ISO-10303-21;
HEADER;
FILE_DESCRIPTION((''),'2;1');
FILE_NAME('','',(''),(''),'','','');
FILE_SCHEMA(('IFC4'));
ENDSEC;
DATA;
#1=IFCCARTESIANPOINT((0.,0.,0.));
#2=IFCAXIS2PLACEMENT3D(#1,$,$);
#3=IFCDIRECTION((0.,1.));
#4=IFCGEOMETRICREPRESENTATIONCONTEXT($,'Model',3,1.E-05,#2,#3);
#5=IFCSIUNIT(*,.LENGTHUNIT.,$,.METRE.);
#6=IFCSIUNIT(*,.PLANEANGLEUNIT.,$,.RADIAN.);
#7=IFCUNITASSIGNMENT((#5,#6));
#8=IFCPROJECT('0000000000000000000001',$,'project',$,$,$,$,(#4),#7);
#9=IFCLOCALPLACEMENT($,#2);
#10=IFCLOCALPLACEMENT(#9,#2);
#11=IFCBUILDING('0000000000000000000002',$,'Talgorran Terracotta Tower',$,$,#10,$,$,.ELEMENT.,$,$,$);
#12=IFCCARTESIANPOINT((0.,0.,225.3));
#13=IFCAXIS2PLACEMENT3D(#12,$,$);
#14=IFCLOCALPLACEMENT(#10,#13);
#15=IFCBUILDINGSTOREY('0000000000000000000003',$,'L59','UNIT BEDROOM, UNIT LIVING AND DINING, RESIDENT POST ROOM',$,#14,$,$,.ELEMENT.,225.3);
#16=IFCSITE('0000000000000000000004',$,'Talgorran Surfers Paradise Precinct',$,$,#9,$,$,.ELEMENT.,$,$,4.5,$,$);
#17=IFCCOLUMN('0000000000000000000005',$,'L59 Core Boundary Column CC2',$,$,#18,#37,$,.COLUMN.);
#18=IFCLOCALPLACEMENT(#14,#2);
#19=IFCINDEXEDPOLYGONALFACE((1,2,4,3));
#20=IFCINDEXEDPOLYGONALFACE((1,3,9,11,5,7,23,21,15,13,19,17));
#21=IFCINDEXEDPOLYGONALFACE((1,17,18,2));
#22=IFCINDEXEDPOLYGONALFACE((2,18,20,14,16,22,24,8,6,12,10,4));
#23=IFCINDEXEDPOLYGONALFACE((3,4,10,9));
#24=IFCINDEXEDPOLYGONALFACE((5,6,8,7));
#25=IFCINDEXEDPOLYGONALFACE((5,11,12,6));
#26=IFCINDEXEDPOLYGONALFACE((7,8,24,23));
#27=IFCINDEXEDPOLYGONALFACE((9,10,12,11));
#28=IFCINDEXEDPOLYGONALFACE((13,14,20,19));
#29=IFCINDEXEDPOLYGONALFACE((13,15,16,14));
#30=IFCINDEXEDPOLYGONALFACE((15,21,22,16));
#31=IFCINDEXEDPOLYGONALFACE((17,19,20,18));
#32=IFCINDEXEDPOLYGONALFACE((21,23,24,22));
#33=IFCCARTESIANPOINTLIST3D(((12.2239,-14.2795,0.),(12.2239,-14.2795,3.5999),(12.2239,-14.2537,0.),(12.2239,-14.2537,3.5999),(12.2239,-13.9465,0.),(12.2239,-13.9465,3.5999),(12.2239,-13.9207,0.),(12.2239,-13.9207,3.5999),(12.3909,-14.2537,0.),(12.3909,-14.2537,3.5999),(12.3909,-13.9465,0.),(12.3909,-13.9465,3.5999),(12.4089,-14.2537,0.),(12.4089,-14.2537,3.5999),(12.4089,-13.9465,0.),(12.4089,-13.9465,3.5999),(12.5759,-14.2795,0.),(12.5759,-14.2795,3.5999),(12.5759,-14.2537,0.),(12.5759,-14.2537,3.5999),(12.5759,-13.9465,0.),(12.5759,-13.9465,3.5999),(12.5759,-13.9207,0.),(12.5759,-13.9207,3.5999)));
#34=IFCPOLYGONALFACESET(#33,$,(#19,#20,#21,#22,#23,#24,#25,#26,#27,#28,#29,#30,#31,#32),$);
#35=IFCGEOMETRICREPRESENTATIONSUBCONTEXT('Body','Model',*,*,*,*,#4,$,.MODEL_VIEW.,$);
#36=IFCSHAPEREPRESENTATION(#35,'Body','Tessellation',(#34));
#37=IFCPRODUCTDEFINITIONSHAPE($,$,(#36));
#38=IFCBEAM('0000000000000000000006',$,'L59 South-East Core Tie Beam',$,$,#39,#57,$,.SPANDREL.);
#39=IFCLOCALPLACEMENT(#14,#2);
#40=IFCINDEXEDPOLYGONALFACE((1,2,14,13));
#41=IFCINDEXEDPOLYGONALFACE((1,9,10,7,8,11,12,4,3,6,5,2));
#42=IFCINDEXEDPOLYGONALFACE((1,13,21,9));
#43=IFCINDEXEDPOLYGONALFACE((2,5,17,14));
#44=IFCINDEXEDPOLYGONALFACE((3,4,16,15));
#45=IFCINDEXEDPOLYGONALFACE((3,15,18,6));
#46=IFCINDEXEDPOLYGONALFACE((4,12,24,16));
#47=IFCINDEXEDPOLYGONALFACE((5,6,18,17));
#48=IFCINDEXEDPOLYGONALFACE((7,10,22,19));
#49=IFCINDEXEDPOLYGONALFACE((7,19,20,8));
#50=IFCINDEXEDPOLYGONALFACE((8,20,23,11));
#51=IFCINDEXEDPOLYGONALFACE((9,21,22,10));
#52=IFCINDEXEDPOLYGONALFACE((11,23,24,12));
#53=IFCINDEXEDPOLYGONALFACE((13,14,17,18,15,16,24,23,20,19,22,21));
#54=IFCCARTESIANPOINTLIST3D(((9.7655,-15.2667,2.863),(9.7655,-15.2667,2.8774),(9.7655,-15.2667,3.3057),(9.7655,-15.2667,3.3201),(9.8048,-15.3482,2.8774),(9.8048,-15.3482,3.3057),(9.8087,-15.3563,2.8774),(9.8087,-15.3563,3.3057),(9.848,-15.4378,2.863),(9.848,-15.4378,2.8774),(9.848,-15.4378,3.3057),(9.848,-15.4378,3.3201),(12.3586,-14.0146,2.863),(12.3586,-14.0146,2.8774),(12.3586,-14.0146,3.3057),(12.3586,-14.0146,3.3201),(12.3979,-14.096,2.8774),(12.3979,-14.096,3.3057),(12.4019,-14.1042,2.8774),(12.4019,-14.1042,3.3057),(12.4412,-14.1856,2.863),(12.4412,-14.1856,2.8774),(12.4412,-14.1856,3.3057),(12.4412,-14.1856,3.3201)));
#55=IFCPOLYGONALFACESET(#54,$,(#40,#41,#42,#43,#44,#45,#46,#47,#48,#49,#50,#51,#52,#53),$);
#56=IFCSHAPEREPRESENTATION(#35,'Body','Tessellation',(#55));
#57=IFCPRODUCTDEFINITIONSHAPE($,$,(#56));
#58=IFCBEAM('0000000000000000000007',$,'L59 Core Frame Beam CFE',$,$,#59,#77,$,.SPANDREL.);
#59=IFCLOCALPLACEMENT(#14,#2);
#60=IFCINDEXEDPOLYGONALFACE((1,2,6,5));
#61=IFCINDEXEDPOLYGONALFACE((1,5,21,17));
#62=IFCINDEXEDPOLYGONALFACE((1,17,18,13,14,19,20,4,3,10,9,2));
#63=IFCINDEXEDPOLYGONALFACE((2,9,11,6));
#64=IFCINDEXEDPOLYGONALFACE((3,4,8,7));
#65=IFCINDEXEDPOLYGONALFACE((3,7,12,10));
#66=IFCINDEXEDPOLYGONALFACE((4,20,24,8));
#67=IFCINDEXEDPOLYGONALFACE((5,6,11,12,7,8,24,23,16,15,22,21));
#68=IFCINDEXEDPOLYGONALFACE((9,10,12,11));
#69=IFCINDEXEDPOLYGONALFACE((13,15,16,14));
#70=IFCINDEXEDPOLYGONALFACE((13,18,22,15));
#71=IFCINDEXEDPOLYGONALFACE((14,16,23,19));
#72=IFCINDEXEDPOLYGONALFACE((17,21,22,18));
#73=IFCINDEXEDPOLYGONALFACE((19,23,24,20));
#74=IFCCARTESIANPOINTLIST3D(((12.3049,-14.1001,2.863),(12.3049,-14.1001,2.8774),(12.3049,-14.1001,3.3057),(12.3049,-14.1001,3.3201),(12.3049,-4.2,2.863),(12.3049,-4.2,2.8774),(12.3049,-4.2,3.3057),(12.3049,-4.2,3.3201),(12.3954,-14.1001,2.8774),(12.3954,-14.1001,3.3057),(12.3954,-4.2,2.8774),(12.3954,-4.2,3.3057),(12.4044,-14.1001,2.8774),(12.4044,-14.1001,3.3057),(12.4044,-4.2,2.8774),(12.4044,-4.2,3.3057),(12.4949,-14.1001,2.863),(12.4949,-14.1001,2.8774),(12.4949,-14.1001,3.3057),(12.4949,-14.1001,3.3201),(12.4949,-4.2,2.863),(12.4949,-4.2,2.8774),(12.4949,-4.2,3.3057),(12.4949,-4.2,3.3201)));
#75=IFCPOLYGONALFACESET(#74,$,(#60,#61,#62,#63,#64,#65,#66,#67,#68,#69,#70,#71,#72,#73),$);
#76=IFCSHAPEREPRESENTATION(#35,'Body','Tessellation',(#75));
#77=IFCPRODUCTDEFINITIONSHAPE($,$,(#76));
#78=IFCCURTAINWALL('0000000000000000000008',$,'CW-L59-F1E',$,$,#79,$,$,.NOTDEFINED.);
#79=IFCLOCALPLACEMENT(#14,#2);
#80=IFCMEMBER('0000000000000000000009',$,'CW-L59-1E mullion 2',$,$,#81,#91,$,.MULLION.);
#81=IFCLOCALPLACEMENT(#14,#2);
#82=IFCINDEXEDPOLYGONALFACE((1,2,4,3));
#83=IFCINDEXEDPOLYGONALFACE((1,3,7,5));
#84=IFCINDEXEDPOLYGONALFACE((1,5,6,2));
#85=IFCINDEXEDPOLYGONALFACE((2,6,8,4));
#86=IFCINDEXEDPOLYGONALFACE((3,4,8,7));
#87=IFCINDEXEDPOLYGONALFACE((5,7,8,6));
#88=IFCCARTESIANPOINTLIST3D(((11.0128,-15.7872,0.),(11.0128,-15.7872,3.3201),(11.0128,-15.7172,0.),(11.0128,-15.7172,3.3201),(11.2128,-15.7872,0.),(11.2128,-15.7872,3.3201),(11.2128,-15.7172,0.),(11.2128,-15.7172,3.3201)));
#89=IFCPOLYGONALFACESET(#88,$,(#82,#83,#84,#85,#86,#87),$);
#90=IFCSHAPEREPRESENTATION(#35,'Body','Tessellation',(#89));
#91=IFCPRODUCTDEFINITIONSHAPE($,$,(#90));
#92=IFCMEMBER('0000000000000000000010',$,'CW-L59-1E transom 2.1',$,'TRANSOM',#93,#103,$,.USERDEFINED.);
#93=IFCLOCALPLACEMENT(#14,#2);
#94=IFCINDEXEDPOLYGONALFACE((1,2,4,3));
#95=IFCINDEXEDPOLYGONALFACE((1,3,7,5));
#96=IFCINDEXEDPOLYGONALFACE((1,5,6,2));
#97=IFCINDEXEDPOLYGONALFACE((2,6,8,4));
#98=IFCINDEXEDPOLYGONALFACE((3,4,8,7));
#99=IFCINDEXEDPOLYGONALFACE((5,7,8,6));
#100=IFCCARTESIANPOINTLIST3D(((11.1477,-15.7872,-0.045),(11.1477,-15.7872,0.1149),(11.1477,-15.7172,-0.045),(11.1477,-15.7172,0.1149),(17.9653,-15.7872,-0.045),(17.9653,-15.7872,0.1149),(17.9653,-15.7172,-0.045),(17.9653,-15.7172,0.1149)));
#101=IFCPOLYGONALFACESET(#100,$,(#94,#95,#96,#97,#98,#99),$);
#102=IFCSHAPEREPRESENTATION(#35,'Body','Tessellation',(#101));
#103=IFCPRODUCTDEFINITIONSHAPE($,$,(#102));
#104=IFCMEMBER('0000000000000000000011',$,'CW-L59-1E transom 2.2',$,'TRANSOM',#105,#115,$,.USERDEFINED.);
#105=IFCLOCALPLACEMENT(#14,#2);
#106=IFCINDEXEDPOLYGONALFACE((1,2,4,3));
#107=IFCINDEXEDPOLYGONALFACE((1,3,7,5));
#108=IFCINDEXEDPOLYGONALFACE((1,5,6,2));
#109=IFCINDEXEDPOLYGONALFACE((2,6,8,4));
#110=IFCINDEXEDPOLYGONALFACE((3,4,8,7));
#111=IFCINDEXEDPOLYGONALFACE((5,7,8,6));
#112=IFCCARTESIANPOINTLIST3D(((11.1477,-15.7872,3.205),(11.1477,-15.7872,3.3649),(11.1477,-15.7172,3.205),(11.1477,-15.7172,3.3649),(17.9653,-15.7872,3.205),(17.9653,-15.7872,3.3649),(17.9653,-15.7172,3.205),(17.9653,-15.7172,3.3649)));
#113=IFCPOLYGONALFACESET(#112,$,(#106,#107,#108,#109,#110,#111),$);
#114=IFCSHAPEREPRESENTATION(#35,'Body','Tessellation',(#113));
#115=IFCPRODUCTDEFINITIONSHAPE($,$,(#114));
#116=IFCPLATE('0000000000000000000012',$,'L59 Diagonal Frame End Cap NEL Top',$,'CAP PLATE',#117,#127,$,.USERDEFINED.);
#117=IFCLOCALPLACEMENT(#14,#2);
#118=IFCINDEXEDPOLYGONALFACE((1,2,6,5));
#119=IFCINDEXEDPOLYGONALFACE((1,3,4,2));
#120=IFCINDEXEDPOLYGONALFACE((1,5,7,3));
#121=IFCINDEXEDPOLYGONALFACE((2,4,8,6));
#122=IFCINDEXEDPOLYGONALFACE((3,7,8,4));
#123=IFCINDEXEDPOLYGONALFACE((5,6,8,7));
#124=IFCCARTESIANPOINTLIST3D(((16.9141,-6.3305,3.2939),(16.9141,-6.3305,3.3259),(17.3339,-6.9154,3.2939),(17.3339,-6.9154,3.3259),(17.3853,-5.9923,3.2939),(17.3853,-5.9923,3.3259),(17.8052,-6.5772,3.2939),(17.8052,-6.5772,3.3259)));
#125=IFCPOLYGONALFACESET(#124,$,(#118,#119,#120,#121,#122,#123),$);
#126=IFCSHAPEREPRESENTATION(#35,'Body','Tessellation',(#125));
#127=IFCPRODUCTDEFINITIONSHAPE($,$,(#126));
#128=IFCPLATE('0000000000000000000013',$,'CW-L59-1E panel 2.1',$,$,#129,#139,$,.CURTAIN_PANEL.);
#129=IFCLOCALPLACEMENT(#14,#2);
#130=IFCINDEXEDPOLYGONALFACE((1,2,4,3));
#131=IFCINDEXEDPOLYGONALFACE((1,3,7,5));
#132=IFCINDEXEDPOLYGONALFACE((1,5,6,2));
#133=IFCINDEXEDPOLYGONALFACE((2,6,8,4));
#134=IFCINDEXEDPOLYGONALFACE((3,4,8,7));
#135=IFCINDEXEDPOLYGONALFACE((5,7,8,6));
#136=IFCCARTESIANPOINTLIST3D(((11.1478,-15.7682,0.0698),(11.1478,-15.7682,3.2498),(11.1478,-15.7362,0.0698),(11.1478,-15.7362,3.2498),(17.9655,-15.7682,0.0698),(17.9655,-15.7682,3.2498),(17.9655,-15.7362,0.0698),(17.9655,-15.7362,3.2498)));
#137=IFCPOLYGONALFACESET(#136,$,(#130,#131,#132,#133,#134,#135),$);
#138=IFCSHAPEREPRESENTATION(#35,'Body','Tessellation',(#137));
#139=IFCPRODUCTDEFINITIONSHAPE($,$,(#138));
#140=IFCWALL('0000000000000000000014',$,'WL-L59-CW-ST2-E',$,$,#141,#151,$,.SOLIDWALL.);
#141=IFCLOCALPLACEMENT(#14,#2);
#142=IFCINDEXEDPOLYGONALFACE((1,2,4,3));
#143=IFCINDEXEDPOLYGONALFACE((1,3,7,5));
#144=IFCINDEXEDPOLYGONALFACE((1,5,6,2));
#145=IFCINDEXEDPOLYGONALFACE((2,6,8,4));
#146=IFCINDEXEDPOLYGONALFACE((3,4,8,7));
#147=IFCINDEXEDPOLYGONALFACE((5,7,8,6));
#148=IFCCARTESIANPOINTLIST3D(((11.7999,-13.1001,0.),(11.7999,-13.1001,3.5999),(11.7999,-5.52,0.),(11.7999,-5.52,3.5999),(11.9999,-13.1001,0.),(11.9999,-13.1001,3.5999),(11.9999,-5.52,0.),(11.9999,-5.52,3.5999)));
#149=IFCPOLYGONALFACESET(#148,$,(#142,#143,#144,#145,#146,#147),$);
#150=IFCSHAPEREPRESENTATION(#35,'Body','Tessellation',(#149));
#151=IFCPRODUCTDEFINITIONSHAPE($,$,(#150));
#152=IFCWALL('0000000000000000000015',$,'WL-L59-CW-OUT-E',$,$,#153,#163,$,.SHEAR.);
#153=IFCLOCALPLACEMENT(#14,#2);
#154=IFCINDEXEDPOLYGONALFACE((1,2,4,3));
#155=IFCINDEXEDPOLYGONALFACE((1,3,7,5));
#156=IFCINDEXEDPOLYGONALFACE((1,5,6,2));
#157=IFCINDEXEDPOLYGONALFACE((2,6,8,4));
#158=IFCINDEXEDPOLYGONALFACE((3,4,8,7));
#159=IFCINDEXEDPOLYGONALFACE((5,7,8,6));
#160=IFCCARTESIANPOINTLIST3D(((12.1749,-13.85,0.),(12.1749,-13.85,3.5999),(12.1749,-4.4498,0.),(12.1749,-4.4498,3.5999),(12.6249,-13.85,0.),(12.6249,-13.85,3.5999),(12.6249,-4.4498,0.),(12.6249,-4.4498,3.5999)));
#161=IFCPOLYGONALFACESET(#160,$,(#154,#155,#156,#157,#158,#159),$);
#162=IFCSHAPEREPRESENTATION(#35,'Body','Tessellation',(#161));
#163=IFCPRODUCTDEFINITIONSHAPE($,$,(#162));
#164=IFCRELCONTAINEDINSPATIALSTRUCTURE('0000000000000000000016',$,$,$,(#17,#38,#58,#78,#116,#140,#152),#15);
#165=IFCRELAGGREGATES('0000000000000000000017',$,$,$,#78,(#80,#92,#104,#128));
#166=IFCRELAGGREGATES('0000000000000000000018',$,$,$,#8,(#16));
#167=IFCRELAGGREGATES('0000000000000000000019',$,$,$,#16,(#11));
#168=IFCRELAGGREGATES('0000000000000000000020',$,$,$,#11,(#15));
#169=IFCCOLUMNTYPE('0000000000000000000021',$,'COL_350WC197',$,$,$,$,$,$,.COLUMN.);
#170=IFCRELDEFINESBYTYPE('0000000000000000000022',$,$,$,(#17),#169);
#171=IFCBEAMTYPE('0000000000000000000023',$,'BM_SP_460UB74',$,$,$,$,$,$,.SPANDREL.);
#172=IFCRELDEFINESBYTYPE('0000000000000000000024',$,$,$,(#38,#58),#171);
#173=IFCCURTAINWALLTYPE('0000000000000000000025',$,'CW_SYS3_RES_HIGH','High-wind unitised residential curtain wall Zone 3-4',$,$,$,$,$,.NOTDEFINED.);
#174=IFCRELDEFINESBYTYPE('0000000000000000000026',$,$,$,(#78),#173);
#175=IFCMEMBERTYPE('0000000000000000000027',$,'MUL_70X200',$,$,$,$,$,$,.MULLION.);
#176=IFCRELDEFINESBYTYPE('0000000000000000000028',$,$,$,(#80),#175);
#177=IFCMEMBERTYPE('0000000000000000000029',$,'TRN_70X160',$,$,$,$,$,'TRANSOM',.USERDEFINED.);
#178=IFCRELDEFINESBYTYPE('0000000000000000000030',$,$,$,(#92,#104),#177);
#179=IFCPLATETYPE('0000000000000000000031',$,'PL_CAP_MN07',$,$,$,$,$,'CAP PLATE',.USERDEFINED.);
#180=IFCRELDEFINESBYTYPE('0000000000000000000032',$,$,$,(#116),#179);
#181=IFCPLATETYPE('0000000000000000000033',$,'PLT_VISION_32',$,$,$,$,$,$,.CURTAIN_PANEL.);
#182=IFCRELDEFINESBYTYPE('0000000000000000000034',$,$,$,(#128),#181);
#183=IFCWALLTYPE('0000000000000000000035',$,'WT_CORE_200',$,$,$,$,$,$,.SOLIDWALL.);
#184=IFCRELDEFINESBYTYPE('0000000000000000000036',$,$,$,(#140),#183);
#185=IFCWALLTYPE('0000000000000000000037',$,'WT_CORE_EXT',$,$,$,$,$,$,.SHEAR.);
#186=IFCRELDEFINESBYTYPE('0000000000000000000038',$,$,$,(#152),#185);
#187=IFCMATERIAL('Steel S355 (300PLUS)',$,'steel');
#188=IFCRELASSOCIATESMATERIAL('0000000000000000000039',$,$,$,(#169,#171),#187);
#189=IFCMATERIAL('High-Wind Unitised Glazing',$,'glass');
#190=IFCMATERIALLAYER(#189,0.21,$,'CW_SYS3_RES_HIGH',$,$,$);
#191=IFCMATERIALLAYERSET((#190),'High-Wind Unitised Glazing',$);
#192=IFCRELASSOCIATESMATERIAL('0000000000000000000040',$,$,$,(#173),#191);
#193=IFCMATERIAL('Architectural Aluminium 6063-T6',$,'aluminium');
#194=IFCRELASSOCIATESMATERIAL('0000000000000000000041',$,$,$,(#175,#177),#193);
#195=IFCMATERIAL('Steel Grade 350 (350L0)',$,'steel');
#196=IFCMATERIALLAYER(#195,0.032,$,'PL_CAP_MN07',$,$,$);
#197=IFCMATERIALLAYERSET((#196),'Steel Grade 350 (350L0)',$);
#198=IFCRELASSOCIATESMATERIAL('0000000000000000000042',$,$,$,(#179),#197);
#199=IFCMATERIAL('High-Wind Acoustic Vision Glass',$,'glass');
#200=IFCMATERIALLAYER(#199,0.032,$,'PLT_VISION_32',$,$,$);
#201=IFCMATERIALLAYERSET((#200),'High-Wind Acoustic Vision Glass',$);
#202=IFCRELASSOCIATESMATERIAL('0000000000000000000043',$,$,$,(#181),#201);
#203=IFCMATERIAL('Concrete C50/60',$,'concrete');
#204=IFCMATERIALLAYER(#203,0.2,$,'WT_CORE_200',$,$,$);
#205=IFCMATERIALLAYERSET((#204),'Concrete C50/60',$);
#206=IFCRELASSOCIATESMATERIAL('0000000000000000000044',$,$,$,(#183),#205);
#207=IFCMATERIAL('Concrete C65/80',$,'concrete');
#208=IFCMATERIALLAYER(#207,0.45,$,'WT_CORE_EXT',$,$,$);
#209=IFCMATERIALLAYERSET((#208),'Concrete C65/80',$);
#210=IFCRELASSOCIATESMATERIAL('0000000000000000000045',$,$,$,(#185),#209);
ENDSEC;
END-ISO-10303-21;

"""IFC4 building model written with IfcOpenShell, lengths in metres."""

from ifc_helpers import new_model, si_unit, direction, frame, frame_2d, origin, origin_2d, place, context, subcontext, project, spatial, rectangle, i_section, extrude, source, transform, mapped, material, layer, layer_set, material_profile, profile_set, type_object, type_shapes, element, aggregate, save


model = new_model("IFC4")

# Units and contexts
model_context = context("Model", 3, precision=1e-05, world=origin(), true_north=direction((0.0, 1.0)))
body_context = subcontext(model_context, "Body", "Model", "MODEL_VIEW")
ifc_project = project(units=[si_unit("LENGTHUNIT", "METRE"), si_unit("PLANEANGLEUNIT", "RADIAN")], contexts=[model_context])

# Site, building, storey
site_placement = place(None, origin())
site = spatial("IfcSite", under=ifc_project, at=site_placement, Name="Talgorran Surfers Paradise Precinct", CompositionType="ELEMENT", RefElevation=4.5)
building_placement = place(site_placement, origin())
building = spatial("IfcBuilding", under=site, at=building_placement, Name="Talgorran Terracotta Tower", CompositionType="ELEMENT")
storey_placement = place(building_placement, frame((0.0, 0.0, 225.3)))
storey = spatial("IfcBuildingStorey", under=building, at=storey_placement, Name="L59", Description="UNIT BEDROOM, UNIT LIVING AND DINING, RESIDENT POST ROOM", CompositionType="ELEMENT", Elevation=225.3)

# Column
ifc_material_1 = material(Name="Steel S355 (300PLUS)", Category="steel")
ifc_material_profile_1 = material_profile(ifc_material_1, i_section(OverallWidth=0.3521, OverallDepth=0.3589, WebThickness=0.0181, FlangeThickness=0.0259, at=origin_2d()), Name="350WC197")
ifc_profile_set_1 = profile_set([ifc_material_profile_1], Name="Steel S355 (300PLUS)")
column_type = type_object("IfcColumnType", Name="COL_350WC197", PredefinedType="COLUMN", material=ifc_profile_set_1)
column_placement = place(storey_placement, frame((12.3999, -14.1001, 0.0), z_axis=(0.0, 0.0, 1.0), x_axis=(1.0, 0.0, 0.0)))
element("IfcColumn", 1, at=column_placement, inside=storey, type_object=column_type, Name="L59 Core Boundary Column CC2", PredefinedType="COLUMN", context=body_context, shape_type="SweptSolid", body=[
    extrude(i_section(OverallWidth=0.3521, OverallDepth=0.3589, WebThickness=0.0181, FlangeThickness=0.0259, at=origin_2d()), origin(), (0.0, 0.0, 1.0), 3.5999),
])

# Beams
ifc_material_profile_2 = material_profile(ifc_material_1, i_section(OverallWidth=0.1899, OverallDepth=0.457, WebThickness=0.009, FlangeThickness=0.0144, at=origin_2d()), Name="460UB74.6")
ifc_profile_set_2 = profile_set([ifc_material_profile_2], Name="Steel S355 (300PLUS)")
beam_type = type_object("IfcBeamType", Name="BM_SP_460UB74", PredefinedType="SPANDREL", material=ifc_profile_set_2)
beam_1_placement = place(storey_placement, frame((12.3999, -14.1001, 3.0916), z_axis=(-0.900514, -0.434827, 0.0), x_axis=(0.434827, -0.900514, 0.0)))
element("IfcBeam", 2, at=beam_1_placement, inside=storey, type_object=beam_type, Name="L59 South-East Core Tie Beam", PredefinedType="SPANDREL", context=body_context, shape_type="SweptSolid", body=[
    extrude(i_section(OverallWidth=0.1899, OverallDepth=0.457, WebThickness=0.009, FlangeThickness=0.0144, at=origin_2d()), origin(), (0.0, 0.0, 1.0), 2.8796),
])
beam_2_placement = place(storey_placement, frame((12.3999, -14.1001, 3.0916), z_axis=(0.0, 1.0, 0.0), x_axis=(-1.0, 0.0, 0.0)))
element("IfcBeam", 3, at=beam_2_placement, inside=storey, type_object=beam_type, Name="L59 Core Frame Beam CFE", PredefinedType="SPANDREL", context=body_context, shape_type="SweptSolid", body=[
    extrude(i_section(OverallWidth=0.1899, OverallDepth=0.457, WebThickness=0.009, FlangeThickness=0.0144, at=origin_2d()), origin(), (0.0, 0.0, 1.0), 9.9001),
])

# Curtain wall, members
ifc_material_2 = material(Name="High-Wind Unitised Glazing", Category="glass")
ifc_layer_1 = layer(ifc_material_2, 0.21, Name="CW_SYS3_RES_HIGH")
ifc_layer_set_1 = layer_set([ifc_layer_1], Name="High-Wind Unitised Glazing")
curtain_wall_type = type_object("IfcCurtainWallType", Name="CW_SYS3_RES_HIGH", Description="High-wind unitised residential curtain wall Zone 3-4", PredefinedType="NOTDEFINED", material=ifc_layer_set_1)
curtain_wall_placement = place(storey_placement, origin())
curtain_wall = element("IfcCurtainWall", 4, at=curtain_wall_placement, inside=storey, type_object=curtain_wall_type, Name="CW-L59-F1E", PredefinedType="NOTDEFINED")
ifc_material_3 = material(Name="Architectural Aluminium 6063-T6", Category="aluminium")
ifc_material_profile_3 = material_profile(ifc_material_3, rectangle(XDim=0.0701, YDim=0.2, at=origin_2d()), Name="CWM70X200")
ifc_profile_set_3 = profile_set([ifc_material_profile_3], Name="Architectural Aluminium 6063-T6")
member_type_1 = type_object("IfcMemberType", Name="MUL_70X200", PredefinedType="MULLION", material=ifc_profile_set_3)
member_1_placement = place(storey_placement, frame((11.1128, -15.7522, 0.0), z_axis=(0.0, 0.0, 1.0), x_axis=(0.0, 1.0, 0.0)))
member_1 = element("IfcMember", 5, at=member_1_placement, type_object=member_type_1, Name="CW-L59-1E mullion 2", PredefinedType="MULLION", context=body_context, shape_type="SweptSolid", body=[
    extrude(rectangle(XDim=0.0701, YDim=0.2, at=origin_2d()), origin(), (0.0, 0.0, 1.0), 3.3201),
])
ifc_material_profile_4 = material_profile(ifc_material_3, rectangle(XDim=0.0701, YDim=0.1599, at=origin_2d()), Name="CWT70X160")
ifc_profile_set_4 = profile_set([ifc_material_profile_4], Name="Architectural Aluminium 6063-T6")
member_type_2 = type_object("IfcMemberType", Name="TRN_70X160", ElementType="TRANSOM", PredefinedType="USERDEFINED", material=ifc_profile_set_4)
member_2_placement = place(storey_placement, frame((11.1477, -15.7522, 0.0349), z_axis=(1.0, 0.0, 0.0), x_axis=(0.0, 1.0, 0.0)))
member_2 = element("IfcMember", 6, at=member_2_placement, type_object=member_type_2, Name="CW-L59-1E transom 2.1", ObjectType="TRANSOM", PredefinedType="USERDEFINED", context=body_context, shape_type="SweptSolid", body=[
    extrude(rectangle(XDim=0.0701, YDim=0.1599, at=origin_2d()), origin(), (0.0, 0.0, 1.0), 6.8176),
])
member_3_placement = place(storey_placement, frame((11.1477, -15.7522, 3.2849), z_axis=(1.0, 0.0, 0.0), x_axis=(0.0, 1.0, 0.0)))
member_3 = element("IfcMember", 7, at=member_3_placement, type_object=member_type_2, Name="CW-L59-1E transom 2.2", ObjectType="TRANSOM", PredefinedType="USERDEFINED", context=body_context, shape_type="SweptSolid", body=[
    extrude(rectangle(XDim=0.0701, YDim=0.1599, at=origin_2d()), origin(), (0.0, 0.0, 1.0), 6.8176),
])

# Plates
ifc_material_4 = material(Name="Steel Grade 350 (350L0)", Category="steel")
ifc_layer_2 = layer(ifc_material_4, 0.032, Name="PL_CAP_MN07")
ifc_layer_set_2 = layer_set([ifc_layer_2], Name="Steel Grade 350 (350L0)")
plate_type_1 = type_object("IfcPlateType", Name="PL_CAP_MN07", ElementType="CAP PLATE", PredefinedType="USERDEFINED", material=ifc_layer_set_2)
plate_1_placement = place(storey_placement, frame((17.3596, -6.4539, 3.2939), z_axis=(0.0, 0.0, 1.0), x_axis=(0.583116, -0.812389, 0.0)))
element("IfcPlate", 8, at=plate_1_placement, inside=storey, type_object=plate_type_1, Name="L59 Diagonal Frame End Cap NEL Top", ObjectType="CAP PLATE", PredefinedType="USERDEFINED", context=body_context, shape_type="SweptSolid", body=[
    extrude(rectangle(XDim=0.72, YDim=0.5801, at=origin_2d()), origin(), (0.0, 0.0, 1.0), 0.032),
])
ifc_material_5 = material(Name="High-Wind Acoustic Vision Glass", Category="glass")
ifc_layer_3 = layer(ifc_material_5, 0.032, Name="PLT_VISION_32")
ifc_layer_set_3 = layer_set([ifc_layer_3], Name="High-Wind Acoustic Vision Glass")
plate_type_2 = type_object("IfcPlateType", Name="PLT_VISION_32", PredefinedType="CURTAIN_PANEL", material=ifc_layer_set_3)
shared_shape = source(origin(), body_context, "Body", "SweptSolid", [
    extrude(rectangle(XDim=6.8176, YDim=0.032, at=origin_2d()), origin(), (0.0, 0.0, 1.0), 3.1799),
])
type_shapes(plate_type_2, [shared_shape])
plate_2_placement = place(storey_placement, frame((14.5566, -15.7522, 0.0698), z_axis=(0.0, 0.0, 1.0), x_axis=(1.0, 0.0, 0.0)))
plate_2 = element("IfcPlate", 9, at=plate_2_placement, type_object=plate_type_2, Name="CW-L59-1E panel 2.1", PredefinedType="CURTAIN_PANEL", context=body_context, shape_type="MappedRepresentation", body=[
    mapped(shared_shape, transform((0.0, 0.0, 0.0), scale=1.0)),
])
aggregate(curtain_wall, [member_1, member_2, member_3, plate_2])

# Walls
ifc_material_6 = material(Name="Concrete C50/60", Category="concrete")
ifc_layer_4 = layer(ifc_material_6, 0.2, Name="WT_CORE_200")
ifc_layer_set_4 = layer_set([ifc_layer_4], Name="Concrete C50/60")
wall_type_1 = type_object("IfcWallType", Name="WT_CORE_200", PredefinedType="SOLIDWALL", material=ifc_layer_set_4)
wall_1_placement = place(storey_placement, frame((11.8999, -13.1001, 0.0), z_axis=(0.0, 0.0, 1.0), x_axis=(0.0, 1.0, 0.0)))
element("IfcWall", 10, at=wall_1_placement, inside=storey, type_object=wall_type_1, Name="WL-L59-CW-ST2-E", PredefinedType="SOLIDWALL", context=body_context, shape_type="SweptSolid", body=[
    extrude(rectangle(XDim=7.5801, YDim=0.2, at=frame_2d((3.79, 0.0))), origin(), (0.0, 0.0, 1.0), 3.5999),
])
ifc_material_7 = material(Name="Concrete C65/80", Category="concrete")
ifc_layer_5 = layer(ifc_material_7, 0.45, Name="WT_CORE_EXT")
ifc_layer_set_5 = layer_set([ifc_layer_5], Name="Concrete C65/80")
wall_type_2 = type_object("IfcWallType", Name="WT_CORE_EXT", PredefinedType="SHEAR", material=ifc_layer_set_5)
wall_2_placement = place(storey_placement, frame((12.3999, -13.8501, 0.0), z_axis=(0.0, 0.0, 1.0), x_axis=(0.0, 1.0, 0.0)))
element("IfcWall", 11, at=wall_2_placement, inside=storey, type_object=wall_type_2, Name="WL-L59-CW-OUT-E", PredefinedType="SHEAR", context=body_context, shape_type="SweptSolid", body=[
    extrude(rectangle(XDim=9.4001, YDim=0.45, at=frame_2d((4.7002, 0.0))), origin(), (0.0, 0.0, 1.0), 3.5999),
])

save(model, "model.ifc")
